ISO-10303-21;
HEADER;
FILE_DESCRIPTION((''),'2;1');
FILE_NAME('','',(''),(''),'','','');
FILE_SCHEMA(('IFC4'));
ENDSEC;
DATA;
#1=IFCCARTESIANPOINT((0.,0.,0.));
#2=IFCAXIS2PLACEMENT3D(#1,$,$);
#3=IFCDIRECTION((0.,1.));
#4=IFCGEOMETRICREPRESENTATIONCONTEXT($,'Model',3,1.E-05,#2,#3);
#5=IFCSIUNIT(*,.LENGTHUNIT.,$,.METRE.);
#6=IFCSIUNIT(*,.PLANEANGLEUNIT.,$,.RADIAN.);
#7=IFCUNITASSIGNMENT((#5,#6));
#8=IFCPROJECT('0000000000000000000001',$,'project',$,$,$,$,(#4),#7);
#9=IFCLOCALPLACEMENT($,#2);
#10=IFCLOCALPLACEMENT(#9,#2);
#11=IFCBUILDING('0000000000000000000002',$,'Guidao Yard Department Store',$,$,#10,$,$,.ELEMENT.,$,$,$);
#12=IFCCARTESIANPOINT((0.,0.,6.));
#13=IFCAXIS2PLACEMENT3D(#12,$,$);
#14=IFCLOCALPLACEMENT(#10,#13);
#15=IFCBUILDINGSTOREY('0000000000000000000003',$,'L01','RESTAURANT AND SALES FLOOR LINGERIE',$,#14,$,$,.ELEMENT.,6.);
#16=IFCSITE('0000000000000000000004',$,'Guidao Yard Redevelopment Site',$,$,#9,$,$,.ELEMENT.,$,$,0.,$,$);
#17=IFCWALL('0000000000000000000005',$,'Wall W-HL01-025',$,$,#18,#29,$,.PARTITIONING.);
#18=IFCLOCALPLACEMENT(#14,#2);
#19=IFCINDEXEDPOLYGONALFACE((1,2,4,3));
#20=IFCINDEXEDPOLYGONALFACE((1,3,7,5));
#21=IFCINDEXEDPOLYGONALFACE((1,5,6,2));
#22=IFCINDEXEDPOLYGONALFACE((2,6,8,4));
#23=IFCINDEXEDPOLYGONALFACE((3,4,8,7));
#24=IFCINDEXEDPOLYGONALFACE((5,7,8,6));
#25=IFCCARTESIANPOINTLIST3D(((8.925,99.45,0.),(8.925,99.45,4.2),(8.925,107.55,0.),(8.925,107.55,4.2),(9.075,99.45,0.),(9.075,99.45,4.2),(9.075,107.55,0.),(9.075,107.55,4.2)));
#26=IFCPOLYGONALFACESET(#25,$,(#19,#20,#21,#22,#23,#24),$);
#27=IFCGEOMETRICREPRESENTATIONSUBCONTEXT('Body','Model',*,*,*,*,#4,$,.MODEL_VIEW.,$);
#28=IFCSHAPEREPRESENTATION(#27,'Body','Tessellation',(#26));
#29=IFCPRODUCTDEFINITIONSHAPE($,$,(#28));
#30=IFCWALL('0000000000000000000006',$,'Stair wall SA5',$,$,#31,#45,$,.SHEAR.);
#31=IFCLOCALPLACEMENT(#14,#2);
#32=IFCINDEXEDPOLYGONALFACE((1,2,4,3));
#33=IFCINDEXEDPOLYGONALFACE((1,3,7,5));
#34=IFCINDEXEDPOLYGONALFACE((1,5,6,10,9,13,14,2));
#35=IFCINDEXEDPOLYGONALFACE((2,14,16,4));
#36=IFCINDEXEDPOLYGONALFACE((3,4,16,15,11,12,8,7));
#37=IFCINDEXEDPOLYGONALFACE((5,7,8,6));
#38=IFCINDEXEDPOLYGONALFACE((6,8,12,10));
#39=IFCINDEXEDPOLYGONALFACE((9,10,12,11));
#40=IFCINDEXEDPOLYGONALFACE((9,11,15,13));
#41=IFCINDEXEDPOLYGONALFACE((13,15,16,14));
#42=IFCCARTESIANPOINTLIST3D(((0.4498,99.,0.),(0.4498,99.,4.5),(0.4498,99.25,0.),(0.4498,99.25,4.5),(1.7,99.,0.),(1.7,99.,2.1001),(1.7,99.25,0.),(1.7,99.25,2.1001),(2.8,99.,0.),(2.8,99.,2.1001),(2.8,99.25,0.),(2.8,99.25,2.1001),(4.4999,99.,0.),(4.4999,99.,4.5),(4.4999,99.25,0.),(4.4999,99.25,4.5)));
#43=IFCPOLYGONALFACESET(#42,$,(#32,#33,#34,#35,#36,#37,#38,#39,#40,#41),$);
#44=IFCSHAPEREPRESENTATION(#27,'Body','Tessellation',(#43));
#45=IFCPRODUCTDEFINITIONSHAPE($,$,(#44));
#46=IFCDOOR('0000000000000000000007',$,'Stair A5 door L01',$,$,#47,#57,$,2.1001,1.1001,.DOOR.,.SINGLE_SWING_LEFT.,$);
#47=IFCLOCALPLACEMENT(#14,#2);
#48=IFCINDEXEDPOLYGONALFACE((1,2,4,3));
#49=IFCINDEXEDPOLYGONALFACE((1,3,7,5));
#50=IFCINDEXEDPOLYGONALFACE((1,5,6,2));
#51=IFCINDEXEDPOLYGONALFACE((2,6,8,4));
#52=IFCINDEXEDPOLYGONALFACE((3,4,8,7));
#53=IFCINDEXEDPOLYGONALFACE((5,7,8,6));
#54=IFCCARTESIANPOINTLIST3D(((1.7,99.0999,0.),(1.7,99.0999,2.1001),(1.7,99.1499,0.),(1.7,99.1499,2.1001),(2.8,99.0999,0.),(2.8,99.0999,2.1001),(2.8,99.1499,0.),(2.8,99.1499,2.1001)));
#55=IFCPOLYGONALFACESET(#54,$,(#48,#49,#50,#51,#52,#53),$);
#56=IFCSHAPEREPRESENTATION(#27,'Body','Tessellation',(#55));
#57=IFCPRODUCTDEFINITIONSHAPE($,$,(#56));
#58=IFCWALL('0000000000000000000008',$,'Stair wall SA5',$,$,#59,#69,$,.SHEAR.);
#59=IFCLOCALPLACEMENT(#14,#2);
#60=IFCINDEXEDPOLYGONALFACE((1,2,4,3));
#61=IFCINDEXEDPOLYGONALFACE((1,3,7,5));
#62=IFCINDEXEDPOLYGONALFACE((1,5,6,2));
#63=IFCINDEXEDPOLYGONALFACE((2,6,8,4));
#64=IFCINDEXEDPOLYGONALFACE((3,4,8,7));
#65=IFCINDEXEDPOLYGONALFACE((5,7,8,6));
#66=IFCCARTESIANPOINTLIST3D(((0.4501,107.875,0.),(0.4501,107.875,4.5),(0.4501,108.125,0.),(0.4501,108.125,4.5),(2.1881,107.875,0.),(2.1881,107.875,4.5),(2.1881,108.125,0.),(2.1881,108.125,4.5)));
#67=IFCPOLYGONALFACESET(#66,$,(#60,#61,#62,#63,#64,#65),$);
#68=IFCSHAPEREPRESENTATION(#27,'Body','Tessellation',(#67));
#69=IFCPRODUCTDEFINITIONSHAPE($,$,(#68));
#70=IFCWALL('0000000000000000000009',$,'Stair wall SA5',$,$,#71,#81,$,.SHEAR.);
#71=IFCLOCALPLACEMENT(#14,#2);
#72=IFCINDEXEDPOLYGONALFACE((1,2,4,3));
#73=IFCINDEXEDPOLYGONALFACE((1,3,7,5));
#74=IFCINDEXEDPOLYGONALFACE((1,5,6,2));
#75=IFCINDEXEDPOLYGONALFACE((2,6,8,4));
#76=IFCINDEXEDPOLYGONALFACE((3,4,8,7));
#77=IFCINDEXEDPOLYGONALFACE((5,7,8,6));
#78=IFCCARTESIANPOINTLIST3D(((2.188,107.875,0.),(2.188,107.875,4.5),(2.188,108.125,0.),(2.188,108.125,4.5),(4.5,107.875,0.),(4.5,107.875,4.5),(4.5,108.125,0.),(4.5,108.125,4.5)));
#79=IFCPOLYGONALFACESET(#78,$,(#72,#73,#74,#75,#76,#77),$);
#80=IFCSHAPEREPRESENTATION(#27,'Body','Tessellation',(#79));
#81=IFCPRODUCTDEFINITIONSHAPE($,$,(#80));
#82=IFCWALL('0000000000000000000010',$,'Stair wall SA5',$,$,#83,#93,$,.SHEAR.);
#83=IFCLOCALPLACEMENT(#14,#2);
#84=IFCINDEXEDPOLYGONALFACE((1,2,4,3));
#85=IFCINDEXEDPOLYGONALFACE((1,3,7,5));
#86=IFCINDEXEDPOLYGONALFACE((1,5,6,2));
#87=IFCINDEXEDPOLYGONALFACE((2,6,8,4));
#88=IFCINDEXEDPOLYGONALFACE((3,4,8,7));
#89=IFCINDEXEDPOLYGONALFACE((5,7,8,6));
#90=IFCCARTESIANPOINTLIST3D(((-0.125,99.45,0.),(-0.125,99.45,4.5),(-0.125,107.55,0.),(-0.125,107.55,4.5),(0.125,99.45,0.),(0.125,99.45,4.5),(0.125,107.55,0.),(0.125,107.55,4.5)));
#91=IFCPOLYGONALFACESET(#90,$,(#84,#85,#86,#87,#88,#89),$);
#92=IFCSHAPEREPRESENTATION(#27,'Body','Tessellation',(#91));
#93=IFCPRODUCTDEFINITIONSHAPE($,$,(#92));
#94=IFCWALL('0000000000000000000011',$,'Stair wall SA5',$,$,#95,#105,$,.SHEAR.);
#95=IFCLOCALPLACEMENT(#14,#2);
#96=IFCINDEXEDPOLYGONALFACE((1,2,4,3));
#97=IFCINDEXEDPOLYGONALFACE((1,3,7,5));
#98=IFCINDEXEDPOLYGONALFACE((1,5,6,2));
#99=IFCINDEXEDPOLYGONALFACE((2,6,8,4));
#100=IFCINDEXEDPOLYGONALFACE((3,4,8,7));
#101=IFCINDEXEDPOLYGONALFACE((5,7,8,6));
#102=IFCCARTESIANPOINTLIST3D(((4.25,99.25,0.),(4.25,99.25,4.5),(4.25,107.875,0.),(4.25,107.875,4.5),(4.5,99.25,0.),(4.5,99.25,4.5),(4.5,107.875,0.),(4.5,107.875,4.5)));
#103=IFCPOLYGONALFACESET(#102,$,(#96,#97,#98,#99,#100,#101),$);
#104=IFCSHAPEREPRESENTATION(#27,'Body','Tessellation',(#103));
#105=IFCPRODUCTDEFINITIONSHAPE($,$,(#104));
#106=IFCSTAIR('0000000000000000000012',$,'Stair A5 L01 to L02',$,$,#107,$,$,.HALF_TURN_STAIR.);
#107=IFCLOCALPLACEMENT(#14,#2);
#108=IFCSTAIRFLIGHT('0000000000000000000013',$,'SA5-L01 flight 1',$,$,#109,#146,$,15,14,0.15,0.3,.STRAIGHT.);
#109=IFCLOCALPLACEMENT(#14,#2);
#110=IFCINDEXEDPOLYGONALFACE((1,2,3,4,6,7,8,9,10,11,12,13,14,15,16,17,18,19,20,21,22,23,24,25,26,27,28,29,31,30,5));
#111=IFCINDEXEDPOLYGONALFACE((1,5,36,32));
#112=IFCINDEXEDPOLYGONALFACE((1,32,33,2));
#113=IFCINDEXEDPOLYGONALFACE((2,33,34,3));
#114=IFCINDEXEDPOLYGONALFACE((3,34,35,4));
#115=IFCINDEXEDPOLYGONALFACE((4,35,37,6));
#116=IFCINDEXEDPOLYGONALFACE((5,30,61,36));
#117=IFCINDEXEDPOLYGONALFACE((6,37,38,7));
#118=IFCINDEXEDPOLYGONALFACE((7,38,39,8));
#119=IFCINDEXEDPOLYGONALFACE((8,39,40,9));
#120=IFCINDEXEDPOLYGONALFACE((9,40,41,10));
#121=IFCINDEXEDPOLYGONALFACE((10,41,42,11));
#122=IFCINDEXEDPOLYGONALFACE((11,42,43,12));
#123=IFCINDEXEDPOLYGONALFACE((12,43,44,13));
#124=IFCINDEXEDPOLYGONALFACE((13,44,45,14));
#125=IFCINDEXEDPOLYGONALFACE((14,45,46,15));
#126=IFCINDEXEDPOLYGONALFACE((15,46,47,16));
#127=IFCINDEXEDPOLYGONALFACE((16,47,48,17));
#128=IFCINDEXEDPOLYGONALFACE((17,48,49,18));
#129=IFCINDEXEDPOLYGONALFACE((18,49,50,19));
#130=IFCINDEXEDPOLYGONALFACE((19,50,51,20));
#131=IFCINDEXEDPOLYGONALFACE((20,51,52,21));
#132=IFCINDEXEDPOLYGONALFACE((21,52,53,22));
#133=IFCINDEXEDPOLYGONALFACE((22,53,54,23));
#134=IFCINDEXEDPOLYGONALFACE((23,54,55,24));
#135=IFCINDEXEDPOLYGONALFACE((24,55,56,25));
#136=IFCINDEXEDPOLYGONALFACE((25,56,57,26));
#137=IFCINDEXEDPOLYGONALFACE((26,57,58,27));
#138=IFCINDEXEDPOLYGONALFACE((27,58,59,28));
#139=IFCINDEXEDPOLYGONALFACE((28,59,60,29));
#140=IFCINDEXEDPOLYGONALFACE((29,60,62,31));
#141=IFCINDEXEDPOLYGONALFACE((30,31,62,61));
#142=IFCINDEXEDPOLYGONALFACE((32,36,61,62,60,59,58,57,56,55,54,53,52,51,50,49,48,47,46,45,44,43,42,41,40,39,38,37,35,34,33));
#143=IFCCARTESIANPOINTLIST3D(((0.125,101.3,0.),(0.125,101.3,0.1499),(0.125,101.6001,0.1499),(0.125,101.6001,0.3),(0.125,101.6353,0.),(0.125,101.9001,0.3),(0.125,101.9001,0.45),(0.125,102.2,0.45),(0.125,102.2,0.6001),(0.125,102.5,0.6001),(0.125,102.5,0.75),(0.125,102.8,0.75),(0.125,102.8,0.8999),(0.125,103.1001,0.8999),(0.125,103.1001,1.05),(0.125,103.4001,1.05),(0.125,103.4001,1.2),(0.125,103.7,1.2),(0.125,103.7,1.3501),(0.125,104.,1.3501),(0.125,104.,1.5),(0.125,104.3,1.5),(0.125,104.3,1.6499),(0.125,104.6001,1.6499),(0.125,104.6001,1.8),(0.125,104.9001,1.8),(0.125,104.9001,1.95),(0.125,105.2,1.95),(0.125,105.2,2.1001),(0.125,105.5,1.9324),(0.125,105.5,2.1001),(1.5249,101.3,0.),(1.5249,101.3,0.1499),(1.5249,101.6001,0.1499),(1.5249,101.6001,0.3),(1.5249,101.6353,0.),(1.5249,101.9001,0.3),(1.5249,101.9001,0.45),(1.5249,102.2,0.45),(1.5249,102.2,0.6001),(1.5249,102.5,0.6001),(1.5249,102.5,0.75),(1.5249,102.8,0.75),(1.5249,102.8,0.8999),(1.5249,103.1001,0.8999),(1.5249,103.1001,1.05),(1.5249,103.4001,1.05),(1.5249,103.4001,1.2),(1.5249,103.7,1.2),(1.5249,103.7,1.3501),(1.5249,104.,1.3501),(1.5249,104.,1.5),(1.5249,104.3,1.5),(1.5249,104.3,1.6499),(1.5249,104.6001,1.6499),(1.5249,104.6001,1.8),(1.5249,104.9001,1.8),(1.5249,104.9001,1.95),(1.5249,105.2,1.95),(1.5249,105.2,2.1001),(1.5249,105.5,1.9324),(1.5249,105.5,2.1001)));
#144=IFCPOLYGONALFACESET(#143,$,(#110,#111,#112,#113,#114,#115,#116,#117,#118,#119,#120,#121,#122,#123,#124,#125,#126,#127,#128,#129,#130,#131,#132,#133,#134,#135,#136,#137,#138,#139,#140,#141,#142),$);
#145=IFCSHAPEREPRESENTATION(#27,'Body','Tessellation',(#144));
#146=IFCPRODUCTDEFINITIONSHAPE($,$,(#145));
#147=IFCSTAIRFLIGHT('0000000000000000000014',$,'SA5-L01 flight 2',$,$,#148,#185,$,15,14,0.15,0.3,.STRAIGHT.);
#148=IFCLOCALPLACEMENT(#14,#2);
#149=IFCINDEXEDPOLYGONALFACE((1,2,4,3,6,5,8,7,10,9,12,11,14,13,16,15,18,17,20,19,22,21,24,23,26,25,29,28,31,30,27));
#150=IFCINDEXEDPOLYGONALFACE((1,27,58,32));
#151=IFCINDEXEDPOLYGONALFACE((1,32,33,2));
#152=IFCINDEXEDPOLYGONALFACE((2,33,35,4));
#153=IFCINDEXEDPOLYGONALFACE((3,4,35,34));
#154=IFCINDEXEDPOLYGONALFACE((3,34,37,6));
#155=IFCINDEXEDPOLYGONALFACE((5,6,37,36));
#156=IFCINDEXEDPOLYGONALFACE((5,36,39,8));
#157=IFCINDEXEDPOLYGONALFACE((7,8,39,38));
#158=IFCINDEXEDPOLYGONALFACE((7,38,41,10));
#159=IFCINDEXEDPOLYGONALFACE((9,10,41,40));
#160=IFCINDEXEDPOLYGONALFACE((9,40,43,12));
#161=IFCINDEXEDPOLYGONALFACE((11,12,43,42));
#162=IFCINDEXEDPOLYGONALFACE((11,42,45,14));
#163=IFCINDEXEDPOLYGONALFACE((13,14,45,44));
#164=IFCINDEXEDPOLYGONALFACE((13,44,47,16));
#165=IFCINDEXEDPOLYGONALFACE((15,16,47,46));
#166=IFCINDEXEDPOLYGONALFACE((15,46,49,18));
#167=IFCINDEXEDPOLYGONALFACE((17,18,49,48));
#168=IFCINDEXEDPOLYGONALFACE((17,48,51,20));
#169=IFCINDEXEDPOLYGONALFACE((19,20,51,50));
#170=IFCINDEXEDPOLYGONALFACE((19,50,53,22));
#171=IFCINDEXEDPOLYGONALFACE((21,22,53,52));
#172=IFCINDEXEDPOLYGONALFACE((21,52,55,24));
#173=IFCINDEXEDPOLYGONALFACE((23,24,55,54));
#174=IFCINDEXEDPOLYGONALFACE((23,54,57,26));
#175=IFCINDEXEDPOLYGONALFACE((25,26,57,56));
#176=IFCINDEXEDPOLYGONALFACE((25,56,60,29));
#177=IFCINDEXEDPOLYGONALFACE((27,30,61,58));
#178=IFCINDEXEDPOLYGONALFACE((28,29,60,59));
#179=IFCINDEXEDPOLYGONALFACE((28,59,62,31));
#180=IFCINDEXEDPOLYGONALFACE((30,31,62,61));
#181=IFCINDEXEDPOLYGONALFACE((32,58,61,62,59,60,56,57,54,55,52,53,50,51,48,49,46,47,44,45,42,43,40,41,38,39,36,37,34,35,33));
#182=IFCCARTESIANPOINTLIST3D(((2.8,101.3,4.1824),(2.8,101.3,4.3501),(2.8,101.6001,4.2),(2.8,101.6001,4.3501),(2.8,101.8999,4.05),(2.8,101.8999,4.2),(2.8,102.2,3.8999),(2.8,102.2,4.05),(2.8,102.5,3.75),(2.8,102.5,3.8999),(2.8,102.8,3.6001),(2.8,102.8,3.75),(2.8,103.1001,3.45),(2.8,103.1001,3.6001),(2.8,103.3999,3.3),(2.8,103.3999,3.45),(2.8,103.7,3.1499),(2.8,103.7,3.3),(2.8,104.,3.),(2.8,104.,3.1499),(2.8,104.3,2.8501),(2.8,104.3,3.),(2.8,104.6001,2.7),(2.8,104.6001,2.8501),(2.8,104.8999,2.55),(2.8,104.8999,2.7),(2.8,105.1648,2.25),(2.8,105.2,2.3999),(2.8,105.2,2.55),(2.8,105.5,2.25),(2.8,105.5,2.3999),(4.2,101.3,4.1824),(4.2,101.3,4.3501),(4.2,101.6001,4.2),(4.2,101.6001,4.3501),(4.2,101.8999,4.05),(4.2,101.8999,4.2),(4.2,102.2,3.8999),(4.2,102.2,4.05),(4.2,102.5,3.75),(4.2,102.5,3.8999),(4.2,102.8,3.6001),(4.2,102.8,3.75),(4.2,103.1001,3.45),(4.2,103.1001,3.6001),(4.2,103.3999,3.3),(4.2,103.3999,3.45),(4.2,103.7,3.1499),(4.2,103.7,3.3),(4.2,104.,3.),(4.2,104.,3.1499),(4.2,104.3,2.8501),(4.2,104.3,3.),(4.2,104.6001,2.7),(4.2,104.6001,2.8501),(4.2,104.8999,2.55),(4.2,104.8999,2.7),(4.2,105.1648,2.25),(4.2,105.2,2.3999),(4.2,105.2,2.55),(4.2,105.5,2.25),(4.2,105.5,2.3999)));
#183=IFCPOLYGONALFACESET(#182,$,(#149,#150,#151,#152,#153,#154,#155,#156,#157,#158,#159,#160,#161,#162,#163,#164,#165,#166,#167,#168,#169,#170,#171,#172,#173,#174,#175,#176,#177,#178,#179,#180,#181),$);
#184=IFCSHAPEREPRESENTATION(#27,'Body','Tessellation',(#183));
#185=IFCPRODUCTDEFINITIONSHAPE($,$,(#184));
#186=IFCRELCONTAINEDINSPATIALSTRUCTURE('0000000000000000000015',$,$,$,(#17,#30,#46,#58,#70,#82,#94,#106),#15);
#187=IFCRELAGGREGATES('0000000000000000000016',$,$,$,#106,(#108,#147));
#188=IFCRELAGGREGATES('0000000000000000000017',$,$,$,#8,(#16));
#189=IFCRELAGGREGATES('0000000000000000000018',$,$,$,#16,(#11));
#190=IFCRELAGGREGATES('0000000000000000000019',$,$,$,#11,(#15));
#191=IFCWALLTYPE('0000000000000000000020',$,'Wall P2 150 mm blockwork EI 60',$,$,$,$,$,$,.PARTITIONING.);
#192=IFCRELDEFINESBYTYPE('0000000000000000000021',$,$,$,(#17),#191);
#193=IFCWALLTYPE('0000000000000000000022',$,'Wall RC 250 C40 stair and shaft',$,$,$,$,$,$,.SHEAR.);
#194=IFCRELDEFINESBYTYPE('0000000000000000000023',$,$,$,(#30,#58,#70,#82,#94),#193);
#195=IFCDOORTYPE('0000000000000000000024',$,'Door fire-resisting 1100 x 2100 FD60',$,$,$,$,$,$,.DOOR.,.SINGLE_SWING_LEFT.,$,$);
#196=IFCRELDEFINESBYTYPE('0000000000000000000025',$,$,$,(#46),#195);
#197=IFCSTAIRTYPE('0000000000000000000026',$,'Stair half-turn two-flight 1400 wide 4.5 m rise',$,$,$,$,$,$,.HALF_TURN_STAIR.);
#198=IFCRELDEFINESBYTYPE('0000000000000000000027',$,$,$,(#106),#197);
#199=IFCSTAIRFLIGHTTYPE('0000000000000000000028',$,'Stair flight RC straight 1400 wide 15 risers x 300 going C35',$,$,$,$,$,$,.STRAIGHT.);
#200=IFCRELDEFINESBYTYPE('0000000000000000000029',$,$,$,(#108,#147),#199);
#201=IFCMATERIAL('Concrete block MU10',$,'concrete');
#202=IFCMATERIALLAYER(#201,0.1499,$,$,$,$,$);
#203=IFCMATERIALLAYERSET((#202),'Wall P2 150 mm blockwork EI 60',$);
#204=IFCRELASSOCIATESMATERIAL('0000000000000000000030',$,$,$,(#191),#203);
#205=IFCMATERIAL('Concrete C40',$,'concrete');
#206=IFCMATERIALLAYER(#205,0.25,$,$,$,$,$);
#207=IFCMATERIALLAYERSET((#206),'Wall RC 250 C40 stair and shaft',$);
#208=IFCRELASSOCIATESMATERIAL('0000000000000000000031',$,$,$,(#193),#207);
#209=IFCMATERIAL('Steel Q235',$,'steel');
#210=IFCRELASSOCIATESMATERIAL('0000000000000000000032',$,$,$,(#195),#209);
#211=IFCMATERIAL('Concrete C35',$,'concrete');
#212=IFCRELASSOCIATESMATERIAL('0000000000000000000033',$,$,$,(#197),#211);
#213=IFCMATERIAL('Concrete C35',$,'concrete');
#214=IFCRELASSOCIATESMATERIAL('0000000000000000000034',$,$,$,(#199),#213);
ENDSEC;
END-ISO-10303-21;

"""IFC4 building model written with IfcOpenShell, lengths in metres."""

from ifc_helpers import new_model, si_unit, direction, frame, frame_2d, origin, place, context, subcontext, project, spatial, polyline, rectangle, outline, extrude, material, layer, layer_set, type_object, element, fill, aggregate, save


model = new_model("IFC4")

# Units and contexts
model_context = context("Model", 3, precision=1e-05, world=origin(), true_north=direction((0.0, 1.0)))
body_context = subcontext(model_context, "Body", "Model", "MODEL_VIEW")
ifc_project = project(units=[si_unit("LENGTHUNIT", "METRE"), si_unit("PLANEANGLEUNIT", "RADIAN")], contexts=[model_context])

# Site, building, storey
site_placement = place(None, origin())
site = spatial("IfcSite", under=ifc_project, at=site_placement, Name="Guidao Yard Redevelopment Site", CompositionType="ELEMENT", RefElevation=0.0)
building_placement = place(site_placement, origin())
building = spatial("IfcBuilding", under=site, at=building_placement, Name="Guidao Yard Department Store", CompositionType="ELEMENT")
storey_placement = place(building_placement, frame((0.0, 0.0, 6.0)))
storey = spatial("IfcBuildingStorey", under=building, at=storey_placement, Name="L01", Description="RESTAURANT AND SALES FLOOR LINGERIE", CompositionType="ELEMENT", Elevation=6.0)

# Wall
ifc_material_1 = material(Name="Concrete block MU10", Category="concrete")
ifc_layer_1 = layer(ifc_material_1, 0.1499)
ifc_layer_set_1 = layer_set([ifc_layer_1], Name="Wall P2 150 mm blockwork EI 60")
wall_type_1 = type_object("IfcWallType", Name="Wall P2 150 mm blockwork EI 60", PredefinedType="PARTITIONING", material=ifc_layer_set_1)
wall_1_placement = place(storey_placement, frame((9.0, 99.45, 0.0), z_axis=(0.0, 0.0, 1.0), x_axis=(0.0, 1.0, 0.0)))
element("IfcWall", 1, at=wall_1_placement, inside=storey, type_object=wall_type_1, Name="Wall W-HL01-025", PredefinedType="PARTITIONING", context=body_context, shape_type="SweptSolid", body=[
    extrude(rectangle(XDim=8.1001, YDim=0.1499, at=frame_2d((4.05, 0.0))), origin(), (0.0, 0.0, 1.0), 4.2),
])

# Wall, opening, door
ifc_material_2 = material(Name="Concrete C40", Category="concrete")
ifc_layer_2 = layer(ifc_material_2, 0.25)
ifc_layer_set_2 = layer_set([ifc_layer_2], Name="Wall RC 250 C40 stair and shaft")
wall_type_2 = type_object("IfcWallType", Name="Wall RC 250 C40 stair and shaft", PredefinedType="SHEAR", material=ifc_layer_set_2)
wall_2_placement = place(storey_placement, frame((0.45, 99.125, 0.0), z_axis=(0.0, 0.0, 1.0), x_axis=(1.0, 0.0, 0.0)))
wall_2 = element("IfcWall", 2, at=wall_2_placement, inside=storey, type_object=wall_type_2, Name="Stair wall SA5", PredefinedType="SHEAR", context=body_context, shape_type="SweptSolid", body=[
    extrude(rectangle(XDim=4.05, YDim=0.25, at=frame_2d((2.0249, 0.0))), origin(), (0.0, 0.0, 1.0), 4.5),
])
opening_1_placement = place(wall_2_placement, frame((1.25, 0.0, 0.0)))
opening_1 = element("IfcOpeningElement", 3, at=opening_1_placement, cuts=wall_2, PredefinedType="OPENING", context=body_context, shape_type="SweptSolid", body=[
    extrude(rectangle(XDim=1.1001, YDim=2.1001, at=frame_2d((0.55, 1.05))), frame((0.0, 0.135, 0.0), z_axis=(0.0, -1.0, 0.0), x_axis=(1.0, 0.0, 0.0)), (0.0, 0.0, 1.0), 0.27),
])
ifc_material_3 = material(Name="Steel Q235", Category="steel")
door_type_1 = type_object("IfcDoorType", Name="Door fire-resisting 1100 x 2100 FD60", OperationType="SINGLE_SWING_LEFT", PredefinedType="DOOR", material=ifc_material_3)
door_1_placement = place(opening_1_placement, origin())
door_1 = element("IfcDoor", 4, at=door_1_placement, inside=storey, type_object=door_type_1, Name="Stair A5 door L01", OperationType="SINGLE_SWING_LEFT", OverallHeight=2.1001, OverallWidth=1.1001, PredefinedType="DOOR", context=body_context, shape_type="SweptSolid", body=[
    extrude(rectangle(XDim=1.1001, YDim=2.1001, at=frame_2d((0.55, 1.05))), frame((0.0, 0.0249, 0.0), z_axis=(0.0, -1.0, 0.0), x_axis=(1.0, 0.0, 0.0)), (0.0, 0.0, 1.0), 0.05),
])
fill(opening_1, door_1)

# Walls
wall_3_placement = place(storey_placement, frame((0.45, 108.0, 0.0), z_axis=(0.0, 0.0, 1.0), x_axis=(1.0, 0.0, 0.0)))
element("IfcWall", 5, at=wall_3_placement, inside=storey, type_object=wall_type_2, Name="Stair wall SA5", PredefinedType="SHEAR", context=body_context, shape_type="SweptSolid", body=[
    extrude(rectangle(XDim=1.738, YDim=0.25, at=frame_2d((0.8691, 0.0))), origin(), (0.0, 0.0, 1.0), 4.5),
])
wall_4_placement = place(storey_placement, frame((2.188, 108.0, 0.0), z_axis=(0.0, 0.0, 1.0), x_axis=(1.0, 0.0, 0.0)))
element("IfcWall", 6, at=wall_4_placement, inside=storey, type_object=wall_type_2, Name="Stair wall SA5", PredefinedType="SHEAR", context=body_context, shape_type="SweptSolid", body=[
    extrude(rectangle(XDim=2.312, YDim=0.25, at=frame_2d((1.156, 0.0))), origin(), (0.0, 0.0, 1.0), 4.5),
])
wall_5_placement = place(storey_placement, frame((0.0, 99.45, 0.0), z_axis=(0.0, 0.0, 1.0), x_axis=(0.0, 1.0, 0.0)))
element("IfcWall", 7, at=wall_5_placement, inside=storey, type_object=wall_type_2, Name="Stair wall SA5", PredefinedType="SHEAR", context=body_context, shape_type="SweptSolid", body=[
    extrude(rectangle(XDim=8.1001, YDim=0.25, at=frame_2d((4.05, 0.0))), origin(), (0.0, 0.0, 1.0), 4.5),
])
wall_6_placement = place(storey_placement, frame((4.375, 99.25, 0.0), z_axis=(0.0, 0.0, 1.0), x_axis=(0.0, 1.0, 0.0)))
element("IfcWall", 8, at=wall_6_placement, inside=storey, type_object=wall_type_2, Name="Stair wall SA5", PredefinedType="SHEAR", context=body_context, shape_type="SweptSolid", body=[
    extrude(rectangle(XDim=8.625, YDim=0.25, at=frame_2d((4.3125, 0.0))), origin(), (0.0, 0.0, 1.0), 4.5),
])

# Stair, stair flights
ifc_material_4 = material(Name="Concrete C35", Category="concrete")
stair_type = type_object("IfcStairType", Name="Stair half-turn two-flight 1400 wide 4.5 m rise", PredefinedType="HALF_TURN_STAIR", material=ifc_material_4)
stair_placement = place(storey_placement, origin())
stair = element("IfcStair", 9, at=stair_placement, inside=storey, type_object=stair_type, Name="Stair A5 L01 to L02", PredefinedType="HALF_TURN_STAIR")
ifc_material_5 = material(Name="Concrete C35", Category="concrete")
stair_flight_type = type_object("IfcStairFlightType", Name="Stair flight RC straight 1400 wide 15 risers x 300 going C35", PredefinedType="STRAIGHT", material=ifc_material_5)
stair_flight_1_placement = place(storey_placement, frame((0.825, 101.3, 0.0), z_axis=(0.0, 0.0, 1.0), x_axis=(0.0, 1.0, 0.0)))
stair_flight_1 = element("IfcStairFlight", 10, at=stair_flight_1_placement, type_object=stair_flight_type, Name="SA5-L01 flight 1", NumberOfRisers=15, NumberOfTreads=14, PredefinedType="STRAIGHT", RiserHeight=0.15, TreadLength=0.3, context=body_context, shape_type="SweptSolid", body=[
    extrude(outline(polyline([(0.0, 0.0), (0.0, 0.1499), (0.3, 0.1499), (0.3, 0.3), (0.6001, 0.3), (0.6001, 0.45), (0.8999, 0.45), (0.8999, 0.6001), (1.2, 0.6001), (1.2, 0.75), (1.5, 0.75), (1.5, 0.8999), (1.8, 0.8999), (1.8, 1.05), (2.1001, 1.05), (2.1001, 1.2), (2.3999, 1.2), (2.3999, 1.3501), (2.7, 1.3501), (2.7, 1.5), (3.0, 1.5), (3.0, 1.6499), (3.3, 1.6499), (3.3, 1.8), (3.6001, 1.8), (3.6001, 1.95), (3.8999, 1.95), (3.8999, 2.1001), (4.2, 2.1001), (4.2, 2.25), (4.2, 1.9324), (0.3352, 0.0), (0.0, 0.0)])), frame((0.0, 0.7, 0.0), z_axis=(0.0, -1.0, 0.0), x_axis=(1.0, 0.0, 0.0)), (0.0, 0.0, 1.0), 1.3999),
])
stair_flight_2_placement = place(storey_placement, frame((3.5, 105.5, 2.25), z_axis=(0.0, 0.0, 1.0), x_axis=(0.0, -1.0, 0.0)))
stair_flight_2 = element("IfcStairFlight", 11, at=stair_flight_2_placement, type_object=stair_flight_type, Name="SA5-L01 flight 2", NumberOfRisers=15, NumberOfTreads=14, PredefinedType="STRAIGHT", RiserHeight=0.15, TreadLength=0.3, context=body_context, shape_type="SweptSolid", body=[
    extrude(outline(polyline([(0.0, 0.0), (0.0, 0.1499), (0.3, 0.1499), (0.3, 0.3), (0.6001, 0.3), (0.6001, 0.45), (0.8999, 0.45), (0.8999, 0.6001), (1.2, 0.6001), (1.2, 0.75), (1.5, 0.75), (1.5, 0.8999), (1.8, 0.8999), (1.8, 1.05), (2.1001, 1.05), (2.1001, 1.2), (2.3999, 1.2), (2.3999, 1.3501), (2.7, 1.3501), (2.7, 1.5), (3.0, 1.5), (3.0, 1.6499), (3.3, 1.6499), (3.3, 1.8), (3.6001, 1.8), (3.6001, 1.95), (3.8999, 1.95), (3.8999, 2.1001), (4.2, 2.1001), (4.2, 2.25), (4.2, 1.9324), (0.3352, 0.0), (0.0, 0.0)])), frame((0.0, 0.7, 0.0), z_axis=(0.0, -1.0, 0.0), x_axis=(1.0, 0.0, 0.0)), (0.0, 0.0, 1.0), 1.3999),
])
aggregate(stair, [stair_flight_1, stair_flight_2])

save(model, "model.ifc")
